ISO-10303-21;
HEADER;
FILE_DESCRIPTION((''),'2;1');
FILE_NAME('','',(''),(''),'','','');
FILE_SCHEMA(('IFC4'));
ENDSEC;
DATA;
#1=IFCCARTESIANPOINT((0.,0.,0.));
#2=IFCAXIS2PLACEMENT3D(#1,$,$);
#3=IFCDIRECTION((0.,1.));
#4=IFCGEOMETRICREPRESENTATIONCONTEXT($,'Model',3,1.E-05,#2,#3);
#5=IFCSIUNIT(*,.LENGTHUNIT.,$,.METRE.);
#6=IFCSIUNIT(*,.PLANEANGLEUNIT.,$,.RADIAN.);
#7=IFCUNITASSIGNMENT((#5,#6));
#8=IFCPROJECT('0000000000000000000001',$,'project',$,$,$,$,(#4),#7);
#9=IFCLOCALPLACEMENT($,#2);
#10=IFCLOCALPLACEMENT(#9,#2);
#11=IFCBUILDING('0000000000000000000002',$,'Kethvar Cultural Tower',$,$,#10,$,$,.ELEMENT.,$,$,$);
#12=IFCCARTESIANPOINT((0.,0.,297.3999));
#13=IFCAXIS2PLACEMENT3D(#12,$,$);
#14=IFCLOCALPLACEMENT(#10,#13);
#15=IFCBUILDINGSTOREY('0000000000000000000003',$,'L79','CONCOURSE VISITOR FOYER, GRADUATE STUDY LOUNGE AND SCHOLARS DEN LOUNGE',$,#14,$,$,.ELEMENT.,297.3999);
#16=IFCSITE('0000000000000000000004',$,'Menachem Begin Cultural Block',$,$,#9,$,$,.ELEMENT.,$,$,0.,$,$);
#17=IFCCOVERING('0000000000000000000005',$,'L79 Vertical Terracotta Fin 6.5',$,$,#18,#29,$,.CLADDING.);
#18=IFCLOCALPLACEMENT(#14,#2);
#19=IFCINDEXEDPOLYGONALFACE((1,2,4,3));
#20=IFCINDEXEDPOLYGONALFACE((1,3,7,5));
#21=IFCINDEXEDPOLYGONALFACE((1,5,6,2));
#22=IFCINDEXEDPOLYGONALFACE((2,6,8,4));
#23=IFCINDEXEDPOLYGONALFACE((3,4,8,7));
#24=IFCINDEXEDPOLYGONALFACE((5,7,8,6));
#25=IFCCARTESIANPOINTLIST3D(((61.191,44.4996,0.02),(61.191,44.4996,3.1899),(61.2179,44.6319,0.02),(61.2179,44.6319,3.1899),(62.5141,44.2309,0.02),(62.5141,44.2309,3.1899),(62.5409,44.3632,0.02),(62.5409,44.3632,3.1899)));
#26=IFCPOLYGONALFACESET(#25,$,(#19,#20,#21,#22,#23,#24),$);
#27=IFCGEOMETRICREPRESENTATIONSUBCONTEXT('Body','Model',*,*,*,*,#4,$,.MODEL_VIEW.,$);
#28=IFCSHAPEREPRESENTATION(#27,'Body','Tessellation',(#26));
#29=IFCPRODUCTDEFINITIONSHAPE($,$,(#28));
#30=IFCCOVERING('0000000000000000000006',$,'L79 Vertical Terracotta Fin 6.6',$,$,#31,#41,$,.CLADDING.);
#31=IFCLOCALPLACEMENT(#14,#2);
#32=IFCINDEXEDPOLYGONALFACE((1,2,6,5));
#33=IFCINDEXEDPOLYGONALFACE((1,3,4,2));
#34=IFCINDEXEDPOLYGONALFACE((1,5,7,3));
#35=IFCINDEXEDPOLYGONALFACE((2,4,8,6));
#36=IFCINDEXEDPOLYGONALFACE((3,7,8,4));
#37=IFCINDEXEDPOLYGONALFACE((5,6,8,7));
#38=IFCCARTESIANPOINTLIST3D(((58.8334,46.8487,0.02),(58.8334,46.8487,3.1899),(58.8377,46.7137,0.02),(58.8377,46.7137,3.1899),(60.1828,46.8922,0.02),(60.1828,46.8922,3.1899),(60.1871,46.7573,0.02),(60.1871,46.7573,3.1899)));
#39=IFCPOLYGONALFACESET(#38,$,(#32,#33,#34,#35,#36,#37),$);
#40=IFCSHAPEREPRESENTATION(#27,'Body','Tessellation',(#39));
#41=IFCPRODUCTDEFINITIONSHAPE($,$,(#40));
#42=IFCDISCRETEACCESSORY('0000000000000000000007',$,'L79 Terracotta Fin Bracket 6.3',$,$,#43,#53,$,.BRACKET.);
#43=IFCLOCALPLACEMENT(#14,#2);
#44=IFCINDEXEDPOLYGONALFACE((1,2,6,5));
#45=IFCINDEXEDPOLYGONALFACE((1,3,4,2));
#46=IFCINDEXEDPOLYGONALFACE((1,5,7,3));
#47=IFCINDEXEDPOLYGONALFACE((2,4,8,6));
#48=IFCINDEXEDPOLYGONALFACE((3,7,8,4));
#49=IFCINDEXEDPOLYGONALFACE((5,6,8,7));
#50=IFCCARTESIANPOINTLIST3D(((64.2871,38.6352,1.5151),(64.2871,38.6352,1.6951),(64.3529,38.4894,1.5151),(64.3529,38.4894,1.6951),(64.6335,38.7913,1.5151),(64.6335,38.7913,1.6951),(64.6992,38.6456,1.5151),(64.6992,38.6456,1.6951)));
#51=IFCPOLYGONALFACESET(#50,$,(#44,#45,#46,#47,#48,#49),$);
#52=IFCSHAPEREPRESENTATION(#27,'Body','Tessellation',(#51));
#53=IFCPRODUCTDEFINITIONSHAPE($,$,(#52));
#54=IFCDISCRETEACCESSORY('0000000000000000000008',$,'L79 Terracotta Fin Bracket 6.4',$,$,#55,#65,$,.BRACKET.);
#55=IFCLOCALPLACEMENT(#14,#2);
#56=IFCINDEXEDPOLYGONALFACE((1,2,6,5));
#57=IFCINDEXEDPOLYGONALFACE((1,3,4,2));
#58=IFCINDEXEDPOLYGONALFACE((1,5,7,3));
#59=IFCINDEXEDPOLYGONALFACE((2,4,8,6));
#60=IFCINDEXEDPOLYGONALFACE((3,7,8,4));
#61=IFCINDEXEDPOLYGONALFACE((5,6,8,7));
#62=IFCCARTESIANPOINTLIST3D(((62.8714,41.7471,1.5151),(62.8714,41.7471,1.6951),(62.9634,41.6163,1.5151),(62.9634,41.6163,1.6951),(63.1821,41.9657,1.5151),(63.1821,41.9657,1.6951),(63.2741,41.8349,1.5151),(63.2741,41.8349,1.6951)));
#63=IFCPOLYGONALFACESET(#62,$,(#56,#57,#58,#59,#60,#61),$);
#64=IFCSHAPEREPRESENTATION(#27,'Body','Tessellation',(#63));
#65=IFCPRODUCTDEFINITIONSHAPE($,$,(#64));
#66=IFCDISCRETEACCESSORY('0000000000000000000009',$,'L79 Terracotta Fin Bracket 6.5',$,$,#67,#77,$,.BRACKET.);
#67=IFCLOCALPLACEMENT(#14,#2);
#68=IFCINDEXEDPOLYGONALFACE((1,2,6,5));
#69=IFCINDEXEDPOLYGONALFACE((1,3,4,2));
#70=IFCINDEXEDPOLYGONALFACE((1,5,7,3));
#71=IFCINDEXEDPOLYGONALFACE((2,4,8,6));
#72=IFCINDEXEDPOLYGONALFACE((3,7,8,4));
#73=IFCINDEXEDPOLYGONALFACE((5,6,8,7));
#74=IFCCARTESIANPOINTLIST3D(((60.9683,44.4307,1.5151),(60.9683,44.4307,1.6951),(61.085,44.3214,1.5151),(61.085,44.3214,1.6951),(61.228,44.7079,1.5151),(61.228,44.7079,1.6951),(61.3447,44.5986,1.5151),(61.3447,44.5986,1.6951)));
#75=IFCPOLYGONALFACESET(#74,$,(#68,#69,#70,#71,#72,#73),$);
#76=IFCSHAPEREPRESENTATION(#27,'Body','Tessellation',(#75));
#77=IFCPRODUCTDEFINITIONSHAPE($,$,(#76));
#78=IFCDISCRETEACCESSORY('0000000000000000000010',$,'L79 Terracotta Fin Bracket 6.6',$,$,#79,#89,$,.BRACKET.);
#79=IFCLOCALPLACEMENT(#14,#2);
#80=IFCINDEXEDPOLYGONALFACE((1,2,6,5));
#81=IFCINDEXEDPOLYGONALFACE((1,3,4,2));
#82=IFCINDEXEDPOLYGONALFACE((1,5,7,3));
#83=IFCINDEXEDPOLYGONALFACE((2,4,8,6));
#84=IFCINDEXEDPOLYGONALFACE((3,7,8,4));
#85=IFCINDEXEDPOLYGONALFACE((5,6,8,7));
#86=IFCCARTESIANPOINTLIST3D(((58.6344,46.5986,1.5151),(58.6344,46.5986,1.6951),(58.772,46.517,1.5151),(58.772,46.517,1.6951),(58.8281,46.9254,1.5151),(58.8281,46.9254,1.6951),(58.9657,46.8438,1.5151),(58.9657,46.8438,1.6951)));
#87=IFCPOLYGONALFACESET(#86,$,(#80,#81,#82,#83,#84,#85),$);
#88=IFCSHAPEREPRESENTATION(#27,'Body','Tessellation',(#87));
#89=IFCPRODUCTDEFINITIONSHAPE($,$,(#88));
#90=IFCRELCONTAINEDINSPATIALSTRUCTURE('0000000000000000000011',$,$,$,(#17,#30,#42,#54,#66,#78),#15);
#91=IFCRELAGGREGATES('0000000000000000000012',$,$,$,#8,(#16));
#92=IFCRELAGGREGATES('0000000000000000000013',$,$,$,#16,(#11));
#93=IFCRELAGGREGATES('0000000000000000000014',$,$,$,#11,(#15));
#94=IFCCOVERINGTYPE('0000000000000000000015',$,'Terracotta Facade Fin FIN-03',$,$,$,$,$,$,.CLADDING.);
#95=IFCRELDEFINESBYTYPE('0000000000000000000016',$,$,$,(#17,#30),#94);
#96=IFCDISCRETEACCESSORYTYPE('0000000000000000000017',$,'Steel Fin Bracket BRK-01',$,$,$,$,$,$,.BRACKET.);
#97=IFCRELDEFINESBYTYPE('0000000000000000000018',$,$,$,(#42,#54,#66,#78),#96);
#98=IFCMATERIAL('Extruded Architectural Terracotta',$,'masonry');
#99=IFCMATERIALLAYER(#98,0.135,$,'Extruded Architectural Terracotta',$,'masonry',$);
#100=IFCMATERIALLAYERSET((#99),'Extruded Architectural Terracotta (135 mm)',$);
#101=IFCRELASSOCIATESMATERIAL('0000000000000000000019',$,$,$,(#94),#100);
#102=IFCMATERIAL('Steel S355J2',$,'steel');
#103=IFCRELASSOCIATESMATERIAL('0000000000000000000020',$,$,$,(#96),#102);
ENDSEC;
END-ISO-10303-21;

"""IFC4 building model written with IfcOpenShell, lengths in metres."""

from ifc_helpers import new_model, si_unit, direction, frame, origin, origin_2d, place, context, subcontext, project, spatial, rectangle, extrude, source, transform, mapped, material, layer, layer_set, type_object, element, save


model = new_model("IFC4")

# Units and contexts
model_context = context("Model", 3, precision=1e-05, world=origin(), true_north=direction((0.0, 1.0)))
body_context = subcontext(model_context, "Body", "Model", "MODEL_VIEW")
ifc_project = project(units=[si_unit("LENGTHUNIT", "METRE"), si_unit("PLANEANGLEUNIT", "RADIAN")], contexts=[model_context])

# Site, building, storey
site_placement = place(None, origin())
site = spatial("IfcSite", under=ifc_project, at=site_placement, Name="Menachem Begin Cultural Block", CompositionType="ELEMENT", RefElevation=0.0)
building_placement = place(site_placement, origin())
building = spatial("IfcBuilding", under=site, at=building_placement, Name="Kethvar Cultural Tower", CompositionType="ELEMENT")
storey_placement = place(building_placement, frame((0.0, 0.0, 297.3999)))
storey = spatial("IfcBuildingStorey", under=building, at=storey_placement, Name="L79", Description="CONCOURSE VISITOR FOYER, GRADUATE STUDY LOUNGE AND SCHOLARS DEN LOUNGE", CompositionType="ELEMENT", Elevation=297.3999)

# Shared definitions
ifc_material_1 = material(Name="Steel S355J2", Category="steel")

# Coverings
ifc_material_2 = material(Name="Extruded Architectural Terracotta", Category="masonry")
ifc_layer_1 = layer(ifc_material_2, 0.135, Name="Extruded Architectural Terracotta", Category="masonry")
ifc_layer_set_1 = layer_set([ifc_layer_1], Name="Extruded Architectural Terracotta (135 mm)")
covering_type = type_object("IfcCoveringType", Name="Terracotta Facade Fin FIN-03", PredefinedType="CLADDING", material=ifc_layer_set_1)
shared_shape_1 = source(origin(), body_context, "Body", "SweptSolid", [
    extrude(rectangle(XDim=1.3501, YDim=0.135, at=origin_2d()), origin(), (0.0, 0.0, 1.0), 3.1699),
])
for number, where, z_axis, x_axis, name in (
    (1, (61.866, 44.4314, 0.02), (0.0, 0.0, 1.0), (0.979994, -0.199026, 0.0), "L79 Vertical Terracotta Fin 6.5"),
    (2, (59.5103, 46.803, 0.02), (0.0, 0.0, 1.0), (0.999479, 0.032283, 0.0), "L79 Vertical Terracotta Fin 6.6"),
):
    element("IfcCovering", number, at=place(storey_placement, frame(where, z_axis=z_axis, x_axis=x_axis)), inside=storey, type_object=covering_type, Name=name, PredefinedType="CLADDING", context=body_context, shape_type="MappedRepresentation", body=[
        mapped(shared_shape_1, transform((0.0, 0.0, 0.0), scale=1.0)),
    ])

# Discrete accessories
discrete_accessory_type = type_object("IfcDiscreteAccessoryType", Name="Steel Fin Bracket BRK-01", PredefinedType="BRACKET", material=ifc_material_1)
shared_shape_2 = source(origin(), body_context, "Body", "SweptSolid", [
    extrude(rectangle(XDim=0.3799, YDim=0.1599, at=origin_2d()), origin(), (0.0, 0.0, 1.0), 0.1799),
])
for number, where, z_axis, x_axis, name in (
    (3, (64.4932, 38.6404, 1.5151), (0.0, 0.0, 1.0), (0.911619, 0.411037, 0.0), "L79 Terracotta Fin Bracket 6.3"),
    (4, (63.0728, 41.791, 1.5151), (0.0, 0.0, 1.0), (0.817949, 0.575291, 0.0), "L79 Terracotta Fin Bracket 6.4"),
    (5, (61.1565, 44.5146, 1.5151), (0.0, 0.0, 1.0), (0.683529, 0.729924, 0.0), "L79 Terracotta Fin Bracket 6.5"),
    (6, (58.8, 46.7212, 1.5151), (0.0, 0.0, 1.0), (0.509943, 0.860208, 0.0), "L79 Terracotta Fin Bracket 6.6"),
):
    element("IfcDiscreteAccessory", number, at=place(storey_placement, frame(where, z_axis=z_axis, x_axis=x_axis)), inside=storey, type_object=discrete_accessory_type, Name=name, PredefinedType="BRACKET", context=body_context, shape_type="MappedRepresentation", body=[
        mapped(shared_shape_2, transform((0.0, 0.0, 0.0), scale=1.0)),
    ])

save(model, "model.ifc")
